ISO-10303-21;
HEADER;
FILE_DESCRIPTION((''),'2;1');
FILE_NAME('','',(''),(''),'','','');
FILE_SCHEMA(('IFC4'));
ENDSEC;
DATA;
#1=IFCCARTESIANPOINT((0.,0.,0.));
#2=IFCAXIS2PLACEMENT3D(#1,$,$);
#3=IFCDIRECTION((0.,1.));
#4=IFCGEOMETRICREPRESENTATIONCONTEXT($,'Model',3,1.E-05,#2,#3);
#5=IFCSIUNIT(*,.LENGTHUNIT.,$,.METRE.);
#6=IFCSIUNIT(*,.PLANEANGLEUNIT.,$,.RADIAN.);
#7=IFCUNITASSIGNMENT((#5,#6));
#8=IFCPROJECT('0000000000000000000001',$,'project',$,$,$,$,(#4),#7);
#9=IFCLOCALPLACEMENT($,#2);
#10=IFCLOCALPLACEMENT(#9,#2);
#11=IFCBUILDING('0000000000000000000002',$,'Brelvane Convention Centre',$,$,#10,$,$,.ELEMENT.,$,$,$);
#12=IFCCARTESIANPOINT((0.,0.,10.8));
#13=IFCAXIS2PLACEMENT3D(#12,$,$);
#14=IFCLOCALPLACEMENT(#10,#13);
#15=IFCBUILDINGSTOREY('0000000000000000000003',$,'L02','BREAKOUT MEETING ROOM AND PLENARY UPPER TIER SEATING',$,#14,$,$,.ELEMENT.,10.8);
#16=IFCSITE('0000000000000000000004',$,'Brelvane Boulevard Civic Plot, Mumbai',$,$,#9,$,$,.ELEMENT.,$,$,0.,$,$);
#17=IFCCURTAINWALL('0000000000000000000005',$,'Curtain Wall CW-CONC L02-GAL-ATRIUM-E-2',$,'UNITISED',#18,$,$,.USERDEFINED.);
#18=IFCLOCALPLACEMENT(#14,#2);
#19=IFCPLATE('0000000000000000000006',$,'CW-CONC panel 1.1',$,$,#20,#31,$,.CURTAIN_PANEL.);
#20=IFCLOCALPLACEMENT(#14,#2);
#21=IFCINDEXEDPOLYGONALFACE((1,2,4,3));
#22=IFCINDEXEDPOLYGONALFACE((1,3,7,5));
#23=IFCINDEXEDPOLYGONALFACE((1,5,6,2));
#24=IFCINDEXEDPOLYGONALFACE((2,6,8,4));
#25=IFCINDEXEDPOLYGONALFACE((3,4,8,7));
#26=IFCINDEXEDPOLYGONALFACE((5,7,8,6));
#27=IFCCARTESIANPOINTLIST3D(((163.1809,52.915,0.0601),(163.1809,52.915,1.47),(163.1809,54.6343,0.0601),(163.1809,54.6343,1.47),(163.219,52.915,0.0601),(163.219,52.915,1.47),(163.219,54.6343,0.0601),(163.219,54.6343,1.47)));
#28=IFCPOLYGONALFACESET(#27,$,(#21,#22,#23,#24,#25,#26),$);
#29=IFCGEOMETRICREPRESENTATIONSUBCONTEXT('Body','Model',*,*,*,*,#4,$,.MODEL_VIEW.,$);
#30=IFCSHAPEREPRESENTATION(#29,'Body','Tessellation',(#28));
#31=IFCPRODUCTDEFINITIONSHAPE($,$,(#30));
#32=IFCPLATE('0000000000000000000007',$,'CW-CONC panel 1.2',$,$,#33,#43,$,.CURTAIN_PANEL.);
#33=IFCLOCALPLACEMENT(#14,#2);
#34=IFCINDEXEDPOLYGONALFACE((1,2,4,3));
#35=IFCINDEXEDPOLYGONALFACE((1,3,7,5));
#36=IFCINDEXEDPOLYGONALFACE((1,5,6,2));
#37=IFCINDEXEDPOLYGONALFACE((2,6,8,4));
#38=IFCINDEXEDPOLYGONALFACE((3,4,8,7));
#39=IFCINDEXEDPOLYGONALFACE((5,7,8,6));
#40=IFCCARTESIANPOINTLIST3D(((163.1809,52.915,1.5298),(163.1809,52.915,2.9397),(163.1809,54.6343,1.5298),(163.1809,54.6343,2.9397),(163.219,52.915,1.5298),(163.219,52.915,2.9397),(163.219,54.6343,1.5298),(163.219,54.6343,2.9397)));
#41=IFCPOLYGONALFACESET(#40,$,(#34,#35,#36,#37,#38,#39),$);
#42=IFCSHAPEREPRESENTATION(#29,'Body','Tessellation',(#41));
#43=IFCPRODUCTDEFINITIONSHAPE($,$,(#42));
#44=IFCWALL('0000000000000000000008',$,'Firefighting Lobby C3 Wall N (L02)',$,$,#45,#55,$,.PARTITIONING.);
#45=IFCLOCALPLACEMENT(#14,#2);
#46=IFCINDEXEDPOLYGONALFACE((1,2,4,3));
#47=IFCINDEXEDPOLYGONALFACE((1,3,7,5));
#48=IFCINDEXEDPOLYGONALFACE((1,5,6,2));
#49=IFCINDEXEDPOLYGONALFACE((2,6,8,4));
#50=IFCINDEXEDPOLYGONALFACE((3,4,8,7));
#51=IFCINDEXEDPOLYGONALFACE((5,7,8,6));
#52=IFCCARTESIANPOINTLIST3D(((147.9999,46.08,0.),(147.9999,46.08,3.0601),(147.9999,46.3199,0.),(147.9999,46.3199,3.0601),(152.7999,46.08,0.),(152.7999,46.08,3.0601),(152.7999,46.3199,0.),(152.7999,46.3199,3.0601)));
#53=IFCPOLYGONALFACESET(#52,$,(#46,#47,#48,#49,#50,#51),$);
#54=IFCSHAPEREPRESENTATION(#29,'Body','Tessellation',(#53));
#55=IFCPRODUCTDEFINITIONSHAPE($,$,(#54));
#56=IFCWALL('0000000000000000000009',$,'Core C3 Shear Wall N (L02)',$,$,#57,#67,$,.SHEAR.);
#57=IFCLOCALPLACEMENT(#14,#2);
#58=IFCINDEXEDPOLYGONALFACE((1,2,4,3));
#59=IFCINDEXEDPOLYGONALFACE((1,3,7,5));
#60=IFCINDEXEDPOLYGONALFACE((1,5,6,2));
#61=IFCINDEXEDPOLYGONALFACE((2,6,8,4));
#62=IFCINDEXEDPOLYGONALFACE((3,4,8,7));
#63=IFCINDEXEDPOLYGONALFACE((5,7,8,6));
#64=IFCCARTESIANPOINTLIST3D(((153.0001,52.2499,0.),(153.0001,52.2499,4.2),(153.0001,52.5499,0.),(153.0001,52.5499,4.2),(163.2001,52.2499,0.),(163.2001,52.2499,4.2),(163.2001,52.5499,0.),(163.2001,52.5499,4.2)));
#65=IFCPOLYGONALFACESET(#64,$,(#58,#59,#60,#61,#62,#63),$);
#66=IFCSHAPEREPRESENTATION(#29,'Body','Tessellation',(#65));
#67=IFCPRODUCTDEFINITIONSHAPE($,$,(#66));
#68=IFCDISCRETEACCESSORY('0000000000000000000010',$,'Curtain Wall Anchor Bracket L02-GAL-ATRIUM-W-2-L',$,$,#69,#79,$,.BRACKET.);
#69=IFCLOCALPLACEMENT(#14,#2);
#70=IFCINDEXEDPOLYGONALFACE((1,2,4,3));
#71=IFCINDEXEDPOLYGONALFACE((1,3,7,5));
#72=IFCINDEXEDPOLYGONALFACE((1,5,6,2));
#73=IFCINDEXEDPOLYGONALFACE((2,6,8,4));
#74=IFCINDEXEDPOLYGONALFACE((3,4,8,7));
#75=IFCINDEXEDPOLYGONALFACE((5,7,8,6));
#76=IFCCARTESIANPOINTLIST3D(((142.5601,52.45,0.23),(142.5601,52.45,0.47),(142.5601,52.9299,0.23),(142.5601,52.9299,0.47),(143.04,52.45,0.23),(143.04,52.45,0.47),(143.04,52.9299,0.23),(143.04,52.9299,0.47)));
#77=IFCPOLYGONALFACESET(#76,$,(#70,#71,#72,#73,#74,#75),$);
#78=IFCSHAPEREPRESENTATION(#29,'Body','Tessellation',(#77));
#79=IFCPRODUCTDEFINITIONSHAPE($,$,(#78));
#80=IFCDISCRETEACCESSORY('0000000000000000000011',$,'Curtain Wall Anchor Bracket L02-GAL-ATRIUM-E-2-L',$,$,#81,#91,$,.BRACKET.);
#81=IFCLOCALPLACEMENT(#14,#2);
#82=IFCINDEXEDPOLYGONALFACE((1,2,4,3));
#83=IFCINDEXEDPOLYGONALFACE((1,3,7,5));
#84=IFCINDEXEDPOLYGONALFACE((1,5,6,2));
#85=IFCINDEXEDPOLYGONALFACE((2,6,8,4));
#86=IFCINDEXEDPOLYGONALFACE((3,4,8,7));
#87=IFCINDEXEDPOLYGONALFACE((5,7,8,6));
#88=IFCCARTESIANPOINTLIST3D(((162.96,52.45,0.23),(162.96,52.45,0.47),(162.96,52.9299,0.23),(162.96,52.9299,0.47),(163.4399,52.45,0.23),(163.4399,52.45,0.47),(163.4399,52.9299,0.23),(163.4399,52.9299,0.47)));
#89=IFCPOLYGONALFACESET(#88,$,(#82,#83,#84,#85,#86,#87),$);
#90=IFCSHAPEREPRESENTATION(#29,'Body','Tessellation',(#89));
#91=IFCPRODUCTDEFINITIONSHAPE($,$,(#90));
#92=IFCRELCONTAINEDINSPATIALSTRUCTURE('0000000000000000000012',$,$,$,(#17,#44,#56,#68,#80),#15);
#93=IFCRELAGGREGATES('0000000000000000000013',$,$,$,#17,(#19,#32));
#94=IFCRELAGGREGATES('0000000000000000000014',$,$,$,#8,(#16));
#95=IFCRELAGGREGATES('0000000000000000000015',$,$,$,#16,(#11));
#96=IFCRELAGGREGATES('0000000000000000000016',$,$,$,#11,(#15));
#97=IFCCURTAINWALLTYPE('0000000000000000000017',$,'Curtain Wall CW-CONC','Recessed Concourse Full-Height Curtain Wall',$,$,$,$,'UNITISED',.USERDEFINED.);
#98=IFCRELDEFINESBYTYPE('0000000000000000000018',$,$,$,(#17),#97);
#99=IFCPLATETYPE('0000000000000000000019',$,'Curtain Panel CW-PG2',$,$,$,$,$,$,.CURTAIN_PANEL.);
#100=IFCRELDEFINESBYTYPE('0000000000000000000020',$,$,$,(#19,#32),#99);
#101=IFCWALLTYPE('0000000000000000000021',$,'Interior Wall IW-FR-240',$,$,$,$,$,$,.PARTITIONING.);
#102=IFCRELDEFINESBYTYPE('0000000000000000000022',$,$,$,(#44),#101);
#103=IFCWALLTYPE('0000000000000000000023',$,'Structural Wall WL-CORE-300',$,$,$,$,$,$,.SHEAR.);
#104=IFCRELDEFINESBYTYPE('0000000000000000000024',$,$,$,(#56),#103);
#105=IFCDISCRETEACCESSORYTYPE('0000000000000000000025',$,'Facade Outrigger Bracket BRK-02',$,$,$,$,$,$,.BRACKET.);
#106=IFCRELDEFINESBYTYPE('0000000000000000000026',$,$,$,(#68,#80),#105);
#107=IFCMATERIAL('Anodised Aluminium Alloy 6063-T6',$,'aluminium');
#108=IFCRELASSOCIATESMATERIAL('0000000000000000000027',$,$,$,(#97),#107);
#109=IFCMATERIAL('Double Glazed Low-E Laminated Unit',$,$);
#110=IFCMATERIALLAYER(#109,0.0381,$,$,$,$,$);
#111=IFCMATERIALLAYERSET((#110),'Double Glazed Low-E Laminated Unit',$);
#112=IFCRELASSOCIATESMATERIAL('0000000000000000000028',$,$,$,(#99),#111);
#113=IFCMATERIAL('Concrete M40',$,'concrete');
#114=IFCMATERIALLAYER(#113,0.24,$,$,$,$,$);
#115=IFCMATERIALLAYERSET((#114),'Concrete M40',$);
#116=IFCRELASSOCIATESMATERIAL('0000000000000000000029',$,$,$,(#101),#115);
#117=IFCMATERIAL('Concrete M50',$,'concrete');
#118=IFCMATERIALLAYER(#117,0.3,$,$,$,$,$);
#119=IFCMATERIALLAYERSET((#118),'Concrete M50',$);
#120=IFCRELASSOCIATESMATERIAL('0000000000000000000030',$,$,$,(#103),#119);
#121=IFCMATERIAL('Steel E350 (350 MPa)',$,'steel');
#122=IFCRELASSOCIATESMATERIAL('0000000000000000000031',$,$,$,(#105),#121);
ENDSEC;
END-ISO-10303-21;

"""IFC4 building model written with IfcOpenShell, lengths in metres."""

from ifc_helpers import new_model, si_unit, direction, frame, frame_2d, origin, origin_2d, place, context, subcontext, project, spatial, rectangle, extrude, material, layer, layer_set, type_object, element, aggregate, save


model = new_model("IFC4")

# Units and contexts
model_context = context("Model", 3, precision=1e-05, world=origin(), true_north=direction((0.0, 1.0)))
body_context = subcontext(model_context, "Body", "Model", "MODEL_VIEW")
ifc_project = project(units=[si_unit("LENGTHUNIT", "METRE"), si_unit("PLANEANGLEUNIT", "RADIAN")], contexts=[model_context])

# Site, building, storey
site_placement = place(None, origin())
site = spatial("IfcSite", under=ifc_project, at=site_placement, Name="Brelvane Boulevard Civic Plot, Mumbai", CompositionType="ELEMENT", RefElevation=0.0)
building_placement = place(site_placement, origin())
building = spatial("IfcBuilding", under=site, at=building_placement, Name="Brelvane Convention Centre", CompositionType="ELEMENT")
storey_placement = place(building_placement, frame((0.0, 0.0, 10.8)))
storey = spatial("IfcBuildingStorey", under=building, at=storey_placement, Name="L02", Description="BREAKOUT MEETING ROOM AND PLENARY UPPER TIER SEATING", CompositionType="ELEMENT", Elevation=10.8)

# Curtain wall
ifc_material_1 = material(Name="Anodised Aluminium Alloy 6063-T6", Category="aluminium")
curtain_wall_type = type_object("IfcCurtainWallType", Name="Curtain Wall CW-CONC", Description="Recessed Concourse Full-Height Curtain Wall", ElementType="UNITISED", PredefinedType="USERDEFINED", material=ifc_material_1)
curtain_wall_1_placement = place(storey_placement, origin())
curtain_wall_1 = element("IfcCurtainWall", 1, at=curtain_wall_1_placement, inside=storey, type_object=curtain_wall_type, Name="Curtain Wall CW-CONC L02-GAL-ATRIUM-E-2", ObjectType="UNITISED", PredefinedType="USERDEFINED")

# Plates
ifc_material_2 = material(Name="Double Glazed Low-E Laminated Unit")
ifc_layer_1 = layer(ifc_material_2, 0.0381)
ifc_layer_set_1 = layer_set([ifc_layer_1], Name="Double Glazed Low-E Laminated Unit")
plate_type_1 = type_object("IfcPlateType", Name="Curtain Panel CW-PG2", PredefinedType="CURTAIN_PANEL", material=ifc_layer_set_1)
plate_1_placement = place(storey_placement, frame((163.2, 53.7747, 0.0601), z_axis=(0.0, 0.0, 1.0), x_axis=(0.0, 1.0, 0.0)))
plate_1 = element("IfcPlate", 2, at=plate_1_placement, type_object=plate_type_1, Name="CW-CONC panel 1.1", PredefinedType="CURTAIN_PANEL", context=body_context, shape_type="SweptSolid", body=[
    extrude(rectangle(XDim=1.7192, YDim=0.0381, at=origin_2d()), origin(), (0.0, 0.0, 1.0), 1.4099),
])
plate_2_placement = place(storey_placement, frame((163.2, 53.7747, 1.5298), z_axis=(0.0, 0.0, 1.0), x_axis=(0.0, 1.0, 0.0)))
plate_2 = element("IfcPlate", 3, at=plate_2_placement, type_object=plate_type_1, Name="CW-CONC panel 1.2", PredefinedType="CURTAIN_PANEL", context=body_context, shape_type="SweptSolid", body=[
    extrude(rectangle(XDim=1.7192, YDim=0.0381, at=origin_2d()), origin(), (0.0, 0.0, 1.0), 1.4099),
])
aggregate(curtain_wall_1, [plate_1, plate_2])

# Walls
ifc_material_3 = material(Name="Concrete M40", Category="concrete")
ifc_layer_2 = layer(ifc_material_3, 0.24)
ifc_layer_set_2 = layer_set([ifc_layer_2], Name="Concrete M40")
wall_type_1 = type_object("IfcWallType", Name="Interior Wall IW-FR-240", PredefinedType="PARTITIONING", material=ifc_layer_set_2)
wall_1_placement = place(storey_placement, frame((148.0, 46.2, 0.0), z_axis=(0.0, 0.0, 1.0), x_axis=(1.0, 0.0, 0.0)))
element("IfcWall", 4, at=wall_1_placement, inside=storey, type_object=wall_type_1, Name="Firefighting Lobby C3 Wall N (L02)", PredefinedType="PARTITIONING", context=body_context, shape_type="SweptSolid", body=[
    extrude(rectangle(XDim=4.8, YDim=0.24, at=frame_2d((2.3999, 0.0))), origin(), (0.0, 0.0, 1.0), 3.0601),
])
ifc_material_4 = material(Name="Concrete M50", Category="concrete")
ifc_layer_3 = layer(ifc_material_4, 0.3)
ifc_layer_set_3 = layer_set([ifc_layer_3], Name="Concrete M50")
wall_type_2 = type_object("IfcWallType", Name="Structural Wall WL-CORE-300", PredefinedType="SHEAR", material=ifc_layer_set_3)
wall_2_placement = place(storey_placement, frame((153.0, 52.3999, 0.0), z_axis=(0.0, 0.0, 1.0), x_axis=(1.0, 0.0, 0.0)))
element("IfcWall", 5, at=wall_2_placement, inside=storey, type_object=wall_type_2, Name="Core C3 Shear Wall N (L02)", PredefinedType="SHEAR", context=body_context, shape_type="SweptSolid", body=[
    extrude(rectangle(XDim=10.2, YDim=0.3, at=frame_2d((5.1001, 0.0))), origin(), (0.0, 0.0, 1.0), 4.2),
])

# Discrete accessories
ifc_material_5 = material(Name="Steel E350 (350 MPa)", Category="steel")
discrete_accessory_type = type_object("IfcDiscreteAccessoryType", Name="Facade Outrigger Bracket BRK-02", PredefinedType="BRACKET", material=ifc_material_5)
for number, where, z_axis, x_axis, name in (
    (6, (142.8, 52.6899, 0.23), (0.0, 0.0, 1.0), (1.0, 0.0, 0.0), "Curtain Wall Anchor Bracket L02-GAL-ATRIUM-W-2-L"),
    (7, (163.2, 52.6899, 0.23), (0.0, 0.0, 1.0), (1.0, 0.0, 0.0), "Curtain Wall Anchor Bracket L02-GAL-ATRIUM-E-2-L"),
):
    element("IfcDiscreteAccessory", number, at=place(storey_placement, frame(where, z_axis=z_axis, x_axis=x_axis)), inside=storey, type_object=discrete_accessory_type, Name=name, PredefinedType="BRACKET", context=body_context, shape_type="SweptSolid", body=[
        extrude(rectangle(XDim=0.48, YDim=0.48, at=origin_2d()), origin(), (0.0, 0.0, 1.0), 0.24),
    ])

save(model, "model.ifc")
